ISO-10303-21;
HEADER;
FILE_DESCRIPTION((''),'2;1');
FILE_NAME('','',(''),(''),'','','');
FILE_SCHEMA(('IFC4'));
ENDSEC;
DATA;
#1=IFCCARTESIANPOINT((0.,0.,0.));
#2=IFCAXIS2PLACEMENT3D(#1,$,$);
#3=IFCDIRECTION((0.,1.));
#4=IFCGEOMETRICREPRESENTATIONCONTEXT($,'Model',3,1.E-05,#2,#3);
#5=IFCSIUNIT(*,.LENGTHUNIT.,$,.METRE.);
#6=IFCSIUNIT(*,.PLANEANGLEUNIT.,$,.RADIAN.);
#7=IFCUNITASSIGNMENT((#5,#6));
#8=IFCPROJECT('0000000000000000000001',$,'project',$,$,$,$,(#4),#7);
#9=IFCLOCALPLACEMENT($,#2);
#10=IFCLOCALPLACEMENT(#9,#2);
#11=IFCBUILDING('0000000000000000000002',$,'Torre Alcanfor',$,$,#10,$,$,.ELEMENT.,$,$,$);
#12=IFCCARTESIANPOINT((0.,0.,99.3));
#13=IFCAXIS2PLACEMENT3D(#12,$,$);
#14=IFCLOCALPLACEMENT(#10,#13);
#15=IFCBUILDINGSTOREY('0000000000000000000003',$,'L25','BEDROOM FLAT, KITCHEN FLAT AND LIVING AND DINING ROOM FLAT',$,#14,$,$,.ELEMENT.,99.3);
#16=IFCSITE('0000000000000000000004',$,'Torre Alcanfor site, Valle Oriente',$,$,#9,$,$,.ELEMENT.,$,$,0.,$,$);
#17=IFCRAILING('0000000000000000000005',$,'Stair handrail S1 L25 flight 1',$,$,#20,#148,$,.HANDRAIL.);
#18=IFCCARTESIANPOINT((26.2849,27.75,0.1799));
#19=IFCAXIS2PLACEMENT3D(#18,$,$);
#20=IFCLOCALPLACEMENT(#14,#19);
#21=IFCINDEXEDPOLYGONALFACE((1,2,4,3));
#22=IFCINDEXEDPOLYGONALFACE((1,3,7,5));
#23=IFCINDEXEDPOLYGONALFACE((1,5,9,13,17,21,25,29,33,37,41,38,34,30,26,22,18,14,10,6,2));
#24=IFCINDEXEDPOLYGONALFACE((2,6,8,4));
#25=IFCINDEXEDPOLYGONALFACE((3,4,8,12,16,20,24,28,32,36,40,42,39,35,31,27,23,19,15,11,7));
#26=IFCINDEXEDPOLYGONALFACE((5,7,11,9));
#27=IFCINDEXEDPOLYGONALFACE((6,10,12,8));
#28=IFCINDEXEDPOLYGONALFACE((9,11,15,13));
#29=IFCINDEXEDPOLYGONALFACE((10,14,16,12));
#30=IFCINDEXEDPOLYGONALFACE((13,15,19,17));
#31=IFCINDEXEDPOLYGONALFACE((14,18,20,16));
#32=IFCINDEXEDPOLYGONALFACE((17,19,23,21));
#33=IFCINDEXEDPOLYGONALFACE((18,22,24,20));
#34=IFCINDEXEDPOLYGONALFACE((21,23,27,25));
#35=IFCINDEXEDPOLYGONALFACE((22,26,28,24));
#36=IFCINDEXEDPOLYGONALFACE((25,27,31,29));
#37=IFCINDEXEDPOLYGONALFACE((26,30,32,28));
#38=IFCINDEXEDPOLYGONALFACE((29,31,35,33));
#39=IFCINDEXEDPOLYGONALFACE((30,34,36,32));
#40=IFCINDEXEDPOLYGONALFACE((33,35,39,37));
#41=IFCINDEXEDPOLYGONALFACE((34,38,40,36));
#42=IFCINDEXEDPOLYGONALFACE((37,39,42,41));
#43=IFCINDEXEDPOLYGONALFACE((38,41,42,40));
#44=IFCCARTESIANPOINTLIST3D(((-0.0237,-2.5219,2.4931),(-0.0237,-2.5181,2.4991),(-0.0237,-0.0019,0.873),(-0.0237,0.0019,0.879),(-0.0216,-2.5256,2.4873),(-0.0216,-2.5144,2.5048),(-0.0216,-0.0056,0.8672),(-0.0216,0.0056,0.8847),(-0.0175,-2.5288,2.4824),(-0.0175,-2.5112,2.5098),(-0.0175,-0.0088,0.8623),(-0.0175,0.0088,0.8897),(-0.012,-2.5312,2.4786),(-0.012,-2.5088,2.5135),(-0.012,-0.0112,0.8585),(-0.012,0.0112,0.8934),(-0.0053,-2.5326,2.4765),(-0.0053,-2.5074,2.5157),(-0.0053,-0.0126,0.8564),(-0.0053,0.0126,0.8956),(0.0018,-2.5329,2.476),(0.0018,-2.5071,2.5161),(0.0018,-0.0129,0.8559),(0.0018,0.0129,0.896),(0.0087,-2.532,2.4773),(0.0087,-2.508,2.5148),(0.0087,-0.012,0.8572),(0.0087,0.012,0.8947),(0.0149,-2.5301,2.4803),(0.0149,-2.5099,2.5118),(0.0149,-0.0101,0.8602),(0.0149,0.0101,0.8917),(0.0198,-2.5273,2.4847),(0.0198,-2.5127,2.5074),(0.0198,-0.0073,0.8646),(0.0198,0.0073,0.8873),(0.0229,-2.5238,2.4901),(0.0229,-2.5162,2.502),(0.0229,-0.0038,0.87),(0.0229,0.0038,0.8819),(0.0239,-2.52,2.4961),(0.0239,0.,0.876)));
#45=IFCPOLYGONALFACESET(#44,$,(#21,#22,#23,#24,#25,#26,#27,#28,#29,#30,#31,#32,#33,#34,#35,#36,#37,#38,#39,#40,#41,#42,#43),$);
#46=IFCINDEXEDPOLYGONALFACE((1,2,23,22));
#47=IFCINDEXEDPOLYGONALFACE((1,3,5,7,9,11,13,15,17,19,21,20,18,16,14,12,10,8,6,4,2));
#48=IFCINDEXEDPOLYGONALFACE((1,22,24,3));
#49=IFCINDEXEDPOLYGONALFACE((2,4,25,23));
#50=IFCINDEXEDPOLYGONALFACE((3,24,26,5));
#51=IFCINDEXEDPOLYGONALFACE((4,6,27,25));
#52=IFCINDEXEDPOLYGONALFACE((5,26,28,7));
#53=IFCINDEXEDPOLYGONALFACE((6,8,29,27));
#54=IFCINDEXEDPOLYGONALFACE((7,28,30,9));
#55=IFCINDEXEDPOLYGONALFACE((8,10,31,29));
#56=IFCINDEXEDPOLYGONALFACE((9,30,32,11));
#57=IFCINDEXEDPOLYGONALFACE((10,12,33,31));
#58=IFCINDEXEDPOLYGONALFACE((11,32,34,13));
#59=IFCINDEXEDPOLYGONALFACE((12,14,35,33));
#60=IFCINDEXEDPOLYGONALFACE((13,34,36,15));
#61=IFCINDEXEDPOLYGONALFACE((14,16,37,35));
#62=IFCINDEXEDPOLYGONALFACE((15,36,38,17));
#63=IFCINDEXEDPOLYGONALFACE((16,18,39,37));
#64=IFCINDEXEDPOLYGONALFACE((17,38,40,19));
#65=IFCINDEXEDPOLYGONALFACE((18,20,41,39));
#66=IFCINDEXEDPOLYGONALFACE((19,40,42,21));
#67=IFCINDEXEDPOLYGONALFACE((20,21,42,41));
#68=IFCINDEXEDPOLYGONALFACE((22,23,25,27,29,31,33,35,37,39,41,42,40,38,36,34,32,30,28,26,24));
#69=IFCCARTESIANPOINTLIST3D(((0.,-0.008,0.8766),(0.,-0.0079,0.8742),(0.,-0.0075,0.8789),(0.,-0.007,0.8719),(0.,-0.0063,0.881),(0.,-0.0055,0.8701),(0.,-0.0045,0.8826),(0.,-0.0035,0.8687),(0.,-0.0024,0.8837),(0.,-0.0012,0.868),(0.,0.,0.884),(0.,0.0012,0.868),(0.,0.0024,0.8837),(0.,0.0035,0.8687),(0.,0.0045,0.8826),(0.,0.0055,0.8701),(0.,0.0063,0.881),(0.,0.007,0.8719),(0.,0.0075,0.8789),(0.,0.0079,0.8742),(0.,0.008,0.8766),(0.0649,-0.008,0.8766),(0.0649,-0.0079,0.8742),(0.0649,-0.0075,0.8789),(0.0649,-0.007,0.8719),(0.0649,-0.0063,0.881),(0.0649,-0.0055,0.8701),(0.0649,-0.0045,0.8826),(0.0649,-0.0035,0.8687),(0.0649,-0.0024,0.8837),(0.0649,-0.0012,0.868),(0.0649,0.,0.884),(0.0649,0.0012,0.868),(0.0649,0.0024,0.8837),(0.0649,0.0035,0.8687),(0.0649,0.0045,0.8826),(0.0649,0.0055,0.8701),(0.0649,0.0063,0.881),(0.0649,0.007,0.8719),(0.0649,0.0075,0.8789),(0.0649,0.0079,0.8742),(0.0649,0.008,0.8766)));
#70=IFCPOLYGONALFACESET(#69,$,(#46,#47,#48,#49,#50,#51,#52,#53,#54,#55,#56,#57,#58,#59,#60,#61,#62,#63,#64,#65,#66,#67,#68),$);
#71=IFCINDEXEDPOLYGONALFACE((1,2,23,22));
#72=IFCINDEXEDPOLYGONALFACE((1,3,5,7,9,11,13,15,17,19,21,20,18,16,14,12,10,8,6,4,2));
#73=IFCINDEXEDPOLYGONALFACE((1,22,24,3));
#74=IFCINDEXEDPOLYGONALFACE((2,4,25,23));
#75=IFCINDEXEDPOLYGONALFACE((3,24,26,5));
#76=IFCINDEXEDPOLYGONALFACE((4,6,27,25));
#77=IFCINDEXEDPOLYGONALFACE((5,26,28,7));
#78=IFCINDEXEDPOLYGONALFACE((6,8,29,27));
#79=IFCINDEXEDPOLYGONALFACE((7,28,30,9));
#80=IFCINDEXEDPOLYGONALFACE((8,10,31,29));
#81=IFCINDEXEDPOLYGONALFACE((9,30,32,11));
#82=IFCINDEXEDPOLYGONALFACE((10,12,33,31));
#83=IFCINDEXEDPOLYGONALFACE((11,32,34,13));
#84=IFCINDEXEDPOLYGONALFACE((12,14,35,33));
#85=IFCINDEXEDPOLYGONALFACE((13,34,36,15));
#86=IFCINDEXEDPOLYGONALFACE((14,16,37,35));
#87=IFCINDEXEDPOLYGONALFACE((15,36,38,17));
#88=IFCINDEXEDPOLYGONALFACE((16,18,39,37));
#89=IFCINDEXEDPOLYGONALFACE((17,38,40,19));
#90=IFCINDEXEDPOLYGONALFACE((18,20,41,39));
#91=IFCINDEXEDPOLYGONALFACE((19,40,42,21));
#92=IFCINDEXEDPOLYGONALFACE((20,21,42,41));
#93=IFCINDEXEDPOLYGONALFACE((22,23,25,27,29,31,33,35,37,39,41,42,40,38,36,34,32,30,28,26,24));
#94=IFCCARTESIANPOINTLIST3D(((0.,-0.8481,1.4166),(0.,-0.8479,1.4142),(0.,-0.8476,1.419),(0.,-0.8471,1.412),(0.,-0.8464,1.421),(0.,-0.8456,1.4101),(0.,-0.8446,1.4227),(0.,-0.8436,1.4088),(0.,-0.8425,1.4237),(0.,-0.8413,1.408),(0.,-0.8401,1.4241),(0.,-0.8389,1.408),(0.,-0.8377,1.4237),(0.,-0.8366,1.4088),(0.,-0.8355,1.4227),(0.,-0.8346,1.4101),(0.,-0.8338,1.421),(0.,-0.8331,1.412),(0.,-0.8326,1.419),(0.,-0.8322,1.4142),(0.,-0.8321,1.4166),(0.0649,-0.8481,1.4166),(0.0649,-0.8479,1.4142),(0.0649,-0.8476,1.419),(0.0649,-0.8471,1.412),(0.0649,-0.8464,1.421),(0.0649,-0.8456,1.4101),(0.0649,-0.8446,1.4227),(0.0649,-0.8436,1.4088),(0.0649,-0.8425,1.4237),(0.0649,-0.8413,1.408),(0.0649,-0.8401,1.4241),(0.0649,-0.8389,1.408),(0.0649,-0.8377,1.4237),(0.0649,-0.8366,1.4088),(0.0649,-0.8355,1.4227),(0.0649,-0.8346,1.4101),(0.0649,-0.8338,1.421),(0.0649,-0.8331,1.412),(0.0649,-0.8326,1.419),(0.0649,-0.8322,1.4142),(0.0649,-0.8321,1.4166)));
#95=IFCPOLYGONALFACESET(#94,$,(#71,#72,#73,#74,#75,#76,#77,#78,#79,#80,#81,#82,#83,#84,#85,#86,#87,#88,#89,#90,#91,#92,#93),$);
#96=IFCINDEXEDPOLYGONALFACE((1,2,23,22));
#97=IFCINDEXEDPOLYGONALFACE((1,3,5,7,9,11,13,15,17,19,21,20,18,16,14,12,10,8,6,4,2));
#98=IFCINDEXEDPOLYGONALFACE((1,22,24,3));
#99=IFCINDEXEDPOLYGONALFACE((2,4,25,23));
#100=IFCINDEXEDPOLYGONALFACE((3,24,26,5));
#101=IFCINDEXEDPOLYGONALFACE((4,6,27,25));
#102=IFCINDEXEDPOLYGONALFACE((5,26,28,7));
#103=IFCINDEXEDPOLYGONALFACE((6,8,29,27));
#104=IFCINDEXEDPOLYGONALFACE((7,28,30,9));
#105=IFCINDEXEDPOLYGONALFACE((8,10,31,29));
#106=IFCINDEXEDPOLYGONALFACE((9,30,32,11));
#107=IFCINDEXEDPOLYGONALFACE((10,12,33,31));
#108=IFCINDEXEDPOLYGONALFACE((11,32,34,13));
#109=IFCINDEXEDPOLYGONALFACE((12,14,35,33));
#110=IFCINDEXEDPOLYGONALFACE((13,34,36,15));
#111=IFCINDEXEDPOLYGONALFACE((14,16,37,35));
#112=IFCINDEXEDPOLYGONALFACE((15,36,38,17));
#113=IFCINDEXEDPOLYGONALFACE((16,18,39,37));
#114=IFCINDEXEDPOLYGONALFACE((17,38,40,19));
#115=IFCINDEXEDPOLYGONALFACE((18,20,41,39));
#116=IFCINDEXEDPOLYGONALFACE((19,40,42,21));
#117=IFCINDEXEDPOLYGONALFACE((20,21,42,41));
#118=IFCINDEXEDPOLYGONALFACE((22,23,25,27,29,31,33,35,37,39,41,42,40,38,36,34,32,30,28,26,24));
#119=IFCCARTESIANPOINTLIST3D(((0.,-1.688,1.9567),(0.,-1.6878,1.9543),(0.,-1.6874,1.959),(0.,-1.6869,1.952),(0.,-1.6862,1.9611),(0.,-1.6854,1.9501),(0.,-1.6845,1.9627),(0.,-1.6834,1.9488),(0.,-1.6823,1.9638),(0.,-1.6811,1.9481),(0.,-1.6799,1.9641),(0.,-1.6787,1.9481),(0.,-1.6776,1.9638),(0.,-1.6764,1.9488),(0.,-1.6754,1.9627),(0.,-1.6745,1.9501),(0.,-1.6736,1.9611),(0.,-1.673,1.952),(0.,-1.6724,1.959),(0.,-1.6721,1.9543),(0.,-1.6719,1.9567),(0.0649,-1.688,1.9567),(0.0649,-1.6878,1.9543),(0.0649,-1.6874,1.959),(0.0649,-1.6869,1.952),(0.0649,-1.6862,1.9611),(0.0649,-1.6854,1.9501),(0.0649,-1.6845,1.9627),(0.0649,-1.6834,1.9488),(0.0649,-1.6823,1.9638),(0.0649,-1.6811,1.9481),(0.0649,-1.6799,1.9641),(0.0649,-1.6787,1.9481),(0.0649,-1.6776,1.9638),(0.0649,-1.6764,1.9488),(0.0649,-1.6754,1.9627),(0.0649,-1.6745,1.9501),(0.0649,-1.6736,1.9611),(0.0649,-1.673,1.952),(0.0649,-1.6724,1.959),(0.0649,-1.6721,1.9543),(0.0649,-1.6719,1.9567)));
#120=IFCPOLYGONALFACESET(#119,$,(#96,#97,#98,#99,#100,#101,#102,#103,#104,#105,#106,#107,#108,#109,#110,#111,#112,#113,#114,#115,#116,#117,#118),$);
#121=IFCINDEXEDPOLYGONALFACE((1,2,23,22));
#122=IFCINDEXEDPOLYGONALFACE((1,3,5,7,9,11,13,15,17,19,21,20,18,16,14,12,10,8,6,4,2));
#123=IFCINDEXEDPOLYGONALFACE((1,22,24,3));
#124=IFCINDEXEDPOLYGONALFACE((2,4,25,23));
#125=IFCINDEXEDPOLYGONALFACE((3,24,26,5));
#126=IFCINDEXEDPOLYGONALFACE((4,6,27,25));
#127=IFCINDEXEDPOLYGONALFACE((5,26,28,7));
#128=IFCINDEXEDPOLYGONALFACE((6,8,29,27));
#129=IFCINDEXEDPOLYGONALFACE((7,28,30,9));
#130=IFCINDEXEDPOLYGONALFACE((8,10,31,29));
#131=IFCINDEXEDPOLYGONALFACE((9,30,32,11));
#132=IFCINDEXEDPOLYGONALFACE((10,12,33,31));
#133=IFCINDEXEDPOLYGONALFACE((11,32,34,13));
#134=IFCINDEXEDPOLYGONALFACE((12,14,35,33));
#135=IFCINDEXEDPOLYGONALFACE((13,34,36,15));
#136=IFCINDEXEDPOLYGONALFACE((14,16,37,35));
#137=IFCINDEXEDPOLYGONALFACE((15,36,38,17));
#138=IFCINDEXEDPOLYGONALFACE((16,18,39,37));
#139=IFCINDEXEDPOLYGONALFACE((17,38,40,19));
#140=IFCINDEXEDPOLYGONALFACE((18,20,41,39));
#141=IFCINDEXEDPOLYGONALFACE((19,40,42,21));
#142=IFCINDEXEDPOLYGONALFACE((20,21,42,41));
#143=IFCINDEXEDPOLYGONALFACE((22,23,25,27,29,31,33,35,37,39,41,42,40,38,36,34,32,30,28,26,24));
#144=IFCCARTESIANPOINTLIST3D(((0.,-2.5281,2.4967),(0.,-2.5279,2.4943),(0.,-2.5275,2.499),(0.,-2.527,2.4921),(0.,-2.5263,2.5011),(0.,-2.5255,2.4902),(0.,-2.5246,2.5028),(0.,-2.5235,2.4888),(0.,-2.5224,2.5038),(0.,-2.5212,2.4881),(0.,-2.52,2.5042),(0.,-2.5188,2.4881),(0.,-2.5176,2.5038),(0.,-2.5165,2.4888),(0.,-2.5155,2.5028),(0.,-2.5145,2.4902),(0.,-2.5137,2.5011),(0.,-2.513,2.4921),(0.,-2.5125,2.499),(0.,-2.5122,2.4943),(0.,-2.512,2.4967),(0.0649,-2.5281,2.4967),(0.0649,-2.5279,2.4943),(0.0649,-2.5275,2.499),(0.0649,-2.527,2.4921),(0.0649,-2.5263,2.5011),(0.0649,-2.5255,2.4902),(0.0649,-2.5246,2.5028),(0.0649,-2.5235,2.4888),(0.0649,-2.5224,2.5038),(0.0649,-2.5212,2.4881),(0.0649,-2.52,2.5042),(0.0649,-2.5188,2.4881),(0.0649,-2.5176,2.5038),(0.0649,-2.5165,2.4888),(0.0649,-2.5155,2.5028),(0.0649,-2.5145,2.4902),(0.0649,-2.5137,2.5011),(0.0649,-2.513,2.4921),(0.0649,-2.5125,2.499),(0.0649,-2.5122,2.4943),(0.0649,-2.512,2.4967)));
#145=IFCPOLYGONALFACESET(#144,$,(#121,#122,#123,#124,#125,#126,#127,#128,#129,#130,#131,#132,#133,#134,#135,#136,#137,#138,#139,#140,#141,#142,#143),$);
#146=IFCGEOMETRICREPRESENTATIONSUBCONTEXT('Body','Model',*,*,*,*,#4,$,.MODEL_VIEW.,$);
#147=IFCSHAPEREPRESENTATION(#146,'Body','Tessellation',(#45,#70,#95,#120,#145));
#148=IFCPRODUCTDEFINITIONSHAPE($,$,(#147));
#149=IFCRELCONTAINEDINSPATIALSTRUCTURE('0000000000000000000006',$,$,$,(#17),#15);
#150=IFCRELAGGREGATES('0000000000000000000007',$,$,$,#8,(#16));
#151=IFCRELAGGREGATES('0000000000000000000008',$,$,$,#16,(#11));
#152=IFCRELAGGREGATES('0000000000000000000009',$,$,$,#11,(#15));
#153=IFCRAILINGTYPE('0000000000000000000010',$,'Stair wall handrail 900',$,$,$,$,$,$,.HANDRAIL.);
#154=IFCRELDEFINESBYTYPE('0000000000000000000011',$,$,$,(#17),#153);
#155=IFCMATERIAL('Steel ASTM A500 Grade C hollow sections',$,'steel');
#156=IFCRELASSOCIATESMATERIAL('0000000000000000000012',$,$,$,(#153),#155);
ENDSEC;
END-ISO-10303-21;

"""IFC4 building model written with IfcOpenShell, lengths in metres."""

from ifc_helpers import new_model, si_unit, direction, frame, origin, origin_2d, place, context, subcontext, project, spatial, circle, extrude, material, type_object, element, save


model = new_model("IFC4")

# Units and contexts
model_context = context("Model", 3, precision=1e-05, world=origin(), true_north=direction((0.0, 1.0)))
body_context = subcontext(model_context, "Body", "Model", "MODEL_VIEW")
ifc_project = project(units=[si_unit("LENGTHUNIT", "METRE"), si_unit("PLANEANGLEUNIT", "RADIAN")], contexts=[model_context])

# Site, building, storey
site_placement = place(None, origin())
site = spatial("IfcSite", under=ifc_project, at=site_placement, Name="Torre Alcanfor site, Valle Oriente", CompositionType="ELEMENT", RefElevation=0.0)
building_placement = place(site_placement, origin())
building = spatial("IfcBuilding", under=site, at=building_placement, Name="Torre Alcanfor", CompositionType="ELEMENT")
storey_placement = place(building_placement, frame((0.0, 0.0, 99.3)))
storey = spatial("IfcBuildingStorey", under=building, at=storey_placement, Name="L25", Description="BEDROOM FLAT, KITCHEN FLAT AND LIVING AND DINING ROOM FLAT", CompositionType="ELEMENT", Elevation=99.3)

# Railing
ifc_material_1 = material(Name="Steel ASTM A500 Grade C hollow sections", Category="steel")
railing_type_1 = type_object("IfcRailingType", Name="Stair wall handrail 900", PredefinedType="HANDRAIL", material=ifc_material_1)
railing_1_placement = place(storey_placement, frame((26.2849, 27.75, 0.1799)))
element("IfcRailing", 1, at=railing_1_placement, inside=storey, type_object=railing_type_1, Name="Stair handrail S1 L25 flight 1", PredefinedType="HANDRAIL", context=body_context, shape_type="SweptSolid", body=[
    extrude(circle(Radius=0.0239, at=origin_2d()), frame((0.0, 0.0, 0.876), z_axis=(0.0, -0.841163, 0.540782), x_axis=(1.0, 0.0, 0.0)), (0.0, 0.0, 1.0), 2.9958),
    extrude(circle(Radius=0.0081, at=origin_2d()), frame((0.0, 0.0, 0.876), z_axis=(1.0, 0.0, 0.0), x_axis=(0.0, 0.0, 1.0)), (0.0, 0.0, 1.0), 0.0649),
    extrude(circle(Radius=0.0081, at=origin_2d()), frame((0.0, -0.8401, 1.416), z_axis=(1.0, 0.0, 0.0), x_axis=(0.0, 0.0, 1.0)), (0.0, 0.0, 1.0), 0.0649),
    extrude(circle(Radius=0.0081, at=origin_2d()), frame((0.0, -1.6799, 1.9561), z_axis=(1.0, 0.0, 0.0), x_axis=(0.0, 0.0, 1.0)), (0.0, 0.0, 1.0), 0.0649),
    extrude(circle(Radius=0.0081, at=origin_2d()), frame((0.0, -2.52, 2.4961), z_axis=(1.0, 0.0, 0.0), x_axis=(0.0, 0.0, 1.0)), (0.0, 0.0, 1.0), 0.0649),
])

save(model, "model.ifc")
